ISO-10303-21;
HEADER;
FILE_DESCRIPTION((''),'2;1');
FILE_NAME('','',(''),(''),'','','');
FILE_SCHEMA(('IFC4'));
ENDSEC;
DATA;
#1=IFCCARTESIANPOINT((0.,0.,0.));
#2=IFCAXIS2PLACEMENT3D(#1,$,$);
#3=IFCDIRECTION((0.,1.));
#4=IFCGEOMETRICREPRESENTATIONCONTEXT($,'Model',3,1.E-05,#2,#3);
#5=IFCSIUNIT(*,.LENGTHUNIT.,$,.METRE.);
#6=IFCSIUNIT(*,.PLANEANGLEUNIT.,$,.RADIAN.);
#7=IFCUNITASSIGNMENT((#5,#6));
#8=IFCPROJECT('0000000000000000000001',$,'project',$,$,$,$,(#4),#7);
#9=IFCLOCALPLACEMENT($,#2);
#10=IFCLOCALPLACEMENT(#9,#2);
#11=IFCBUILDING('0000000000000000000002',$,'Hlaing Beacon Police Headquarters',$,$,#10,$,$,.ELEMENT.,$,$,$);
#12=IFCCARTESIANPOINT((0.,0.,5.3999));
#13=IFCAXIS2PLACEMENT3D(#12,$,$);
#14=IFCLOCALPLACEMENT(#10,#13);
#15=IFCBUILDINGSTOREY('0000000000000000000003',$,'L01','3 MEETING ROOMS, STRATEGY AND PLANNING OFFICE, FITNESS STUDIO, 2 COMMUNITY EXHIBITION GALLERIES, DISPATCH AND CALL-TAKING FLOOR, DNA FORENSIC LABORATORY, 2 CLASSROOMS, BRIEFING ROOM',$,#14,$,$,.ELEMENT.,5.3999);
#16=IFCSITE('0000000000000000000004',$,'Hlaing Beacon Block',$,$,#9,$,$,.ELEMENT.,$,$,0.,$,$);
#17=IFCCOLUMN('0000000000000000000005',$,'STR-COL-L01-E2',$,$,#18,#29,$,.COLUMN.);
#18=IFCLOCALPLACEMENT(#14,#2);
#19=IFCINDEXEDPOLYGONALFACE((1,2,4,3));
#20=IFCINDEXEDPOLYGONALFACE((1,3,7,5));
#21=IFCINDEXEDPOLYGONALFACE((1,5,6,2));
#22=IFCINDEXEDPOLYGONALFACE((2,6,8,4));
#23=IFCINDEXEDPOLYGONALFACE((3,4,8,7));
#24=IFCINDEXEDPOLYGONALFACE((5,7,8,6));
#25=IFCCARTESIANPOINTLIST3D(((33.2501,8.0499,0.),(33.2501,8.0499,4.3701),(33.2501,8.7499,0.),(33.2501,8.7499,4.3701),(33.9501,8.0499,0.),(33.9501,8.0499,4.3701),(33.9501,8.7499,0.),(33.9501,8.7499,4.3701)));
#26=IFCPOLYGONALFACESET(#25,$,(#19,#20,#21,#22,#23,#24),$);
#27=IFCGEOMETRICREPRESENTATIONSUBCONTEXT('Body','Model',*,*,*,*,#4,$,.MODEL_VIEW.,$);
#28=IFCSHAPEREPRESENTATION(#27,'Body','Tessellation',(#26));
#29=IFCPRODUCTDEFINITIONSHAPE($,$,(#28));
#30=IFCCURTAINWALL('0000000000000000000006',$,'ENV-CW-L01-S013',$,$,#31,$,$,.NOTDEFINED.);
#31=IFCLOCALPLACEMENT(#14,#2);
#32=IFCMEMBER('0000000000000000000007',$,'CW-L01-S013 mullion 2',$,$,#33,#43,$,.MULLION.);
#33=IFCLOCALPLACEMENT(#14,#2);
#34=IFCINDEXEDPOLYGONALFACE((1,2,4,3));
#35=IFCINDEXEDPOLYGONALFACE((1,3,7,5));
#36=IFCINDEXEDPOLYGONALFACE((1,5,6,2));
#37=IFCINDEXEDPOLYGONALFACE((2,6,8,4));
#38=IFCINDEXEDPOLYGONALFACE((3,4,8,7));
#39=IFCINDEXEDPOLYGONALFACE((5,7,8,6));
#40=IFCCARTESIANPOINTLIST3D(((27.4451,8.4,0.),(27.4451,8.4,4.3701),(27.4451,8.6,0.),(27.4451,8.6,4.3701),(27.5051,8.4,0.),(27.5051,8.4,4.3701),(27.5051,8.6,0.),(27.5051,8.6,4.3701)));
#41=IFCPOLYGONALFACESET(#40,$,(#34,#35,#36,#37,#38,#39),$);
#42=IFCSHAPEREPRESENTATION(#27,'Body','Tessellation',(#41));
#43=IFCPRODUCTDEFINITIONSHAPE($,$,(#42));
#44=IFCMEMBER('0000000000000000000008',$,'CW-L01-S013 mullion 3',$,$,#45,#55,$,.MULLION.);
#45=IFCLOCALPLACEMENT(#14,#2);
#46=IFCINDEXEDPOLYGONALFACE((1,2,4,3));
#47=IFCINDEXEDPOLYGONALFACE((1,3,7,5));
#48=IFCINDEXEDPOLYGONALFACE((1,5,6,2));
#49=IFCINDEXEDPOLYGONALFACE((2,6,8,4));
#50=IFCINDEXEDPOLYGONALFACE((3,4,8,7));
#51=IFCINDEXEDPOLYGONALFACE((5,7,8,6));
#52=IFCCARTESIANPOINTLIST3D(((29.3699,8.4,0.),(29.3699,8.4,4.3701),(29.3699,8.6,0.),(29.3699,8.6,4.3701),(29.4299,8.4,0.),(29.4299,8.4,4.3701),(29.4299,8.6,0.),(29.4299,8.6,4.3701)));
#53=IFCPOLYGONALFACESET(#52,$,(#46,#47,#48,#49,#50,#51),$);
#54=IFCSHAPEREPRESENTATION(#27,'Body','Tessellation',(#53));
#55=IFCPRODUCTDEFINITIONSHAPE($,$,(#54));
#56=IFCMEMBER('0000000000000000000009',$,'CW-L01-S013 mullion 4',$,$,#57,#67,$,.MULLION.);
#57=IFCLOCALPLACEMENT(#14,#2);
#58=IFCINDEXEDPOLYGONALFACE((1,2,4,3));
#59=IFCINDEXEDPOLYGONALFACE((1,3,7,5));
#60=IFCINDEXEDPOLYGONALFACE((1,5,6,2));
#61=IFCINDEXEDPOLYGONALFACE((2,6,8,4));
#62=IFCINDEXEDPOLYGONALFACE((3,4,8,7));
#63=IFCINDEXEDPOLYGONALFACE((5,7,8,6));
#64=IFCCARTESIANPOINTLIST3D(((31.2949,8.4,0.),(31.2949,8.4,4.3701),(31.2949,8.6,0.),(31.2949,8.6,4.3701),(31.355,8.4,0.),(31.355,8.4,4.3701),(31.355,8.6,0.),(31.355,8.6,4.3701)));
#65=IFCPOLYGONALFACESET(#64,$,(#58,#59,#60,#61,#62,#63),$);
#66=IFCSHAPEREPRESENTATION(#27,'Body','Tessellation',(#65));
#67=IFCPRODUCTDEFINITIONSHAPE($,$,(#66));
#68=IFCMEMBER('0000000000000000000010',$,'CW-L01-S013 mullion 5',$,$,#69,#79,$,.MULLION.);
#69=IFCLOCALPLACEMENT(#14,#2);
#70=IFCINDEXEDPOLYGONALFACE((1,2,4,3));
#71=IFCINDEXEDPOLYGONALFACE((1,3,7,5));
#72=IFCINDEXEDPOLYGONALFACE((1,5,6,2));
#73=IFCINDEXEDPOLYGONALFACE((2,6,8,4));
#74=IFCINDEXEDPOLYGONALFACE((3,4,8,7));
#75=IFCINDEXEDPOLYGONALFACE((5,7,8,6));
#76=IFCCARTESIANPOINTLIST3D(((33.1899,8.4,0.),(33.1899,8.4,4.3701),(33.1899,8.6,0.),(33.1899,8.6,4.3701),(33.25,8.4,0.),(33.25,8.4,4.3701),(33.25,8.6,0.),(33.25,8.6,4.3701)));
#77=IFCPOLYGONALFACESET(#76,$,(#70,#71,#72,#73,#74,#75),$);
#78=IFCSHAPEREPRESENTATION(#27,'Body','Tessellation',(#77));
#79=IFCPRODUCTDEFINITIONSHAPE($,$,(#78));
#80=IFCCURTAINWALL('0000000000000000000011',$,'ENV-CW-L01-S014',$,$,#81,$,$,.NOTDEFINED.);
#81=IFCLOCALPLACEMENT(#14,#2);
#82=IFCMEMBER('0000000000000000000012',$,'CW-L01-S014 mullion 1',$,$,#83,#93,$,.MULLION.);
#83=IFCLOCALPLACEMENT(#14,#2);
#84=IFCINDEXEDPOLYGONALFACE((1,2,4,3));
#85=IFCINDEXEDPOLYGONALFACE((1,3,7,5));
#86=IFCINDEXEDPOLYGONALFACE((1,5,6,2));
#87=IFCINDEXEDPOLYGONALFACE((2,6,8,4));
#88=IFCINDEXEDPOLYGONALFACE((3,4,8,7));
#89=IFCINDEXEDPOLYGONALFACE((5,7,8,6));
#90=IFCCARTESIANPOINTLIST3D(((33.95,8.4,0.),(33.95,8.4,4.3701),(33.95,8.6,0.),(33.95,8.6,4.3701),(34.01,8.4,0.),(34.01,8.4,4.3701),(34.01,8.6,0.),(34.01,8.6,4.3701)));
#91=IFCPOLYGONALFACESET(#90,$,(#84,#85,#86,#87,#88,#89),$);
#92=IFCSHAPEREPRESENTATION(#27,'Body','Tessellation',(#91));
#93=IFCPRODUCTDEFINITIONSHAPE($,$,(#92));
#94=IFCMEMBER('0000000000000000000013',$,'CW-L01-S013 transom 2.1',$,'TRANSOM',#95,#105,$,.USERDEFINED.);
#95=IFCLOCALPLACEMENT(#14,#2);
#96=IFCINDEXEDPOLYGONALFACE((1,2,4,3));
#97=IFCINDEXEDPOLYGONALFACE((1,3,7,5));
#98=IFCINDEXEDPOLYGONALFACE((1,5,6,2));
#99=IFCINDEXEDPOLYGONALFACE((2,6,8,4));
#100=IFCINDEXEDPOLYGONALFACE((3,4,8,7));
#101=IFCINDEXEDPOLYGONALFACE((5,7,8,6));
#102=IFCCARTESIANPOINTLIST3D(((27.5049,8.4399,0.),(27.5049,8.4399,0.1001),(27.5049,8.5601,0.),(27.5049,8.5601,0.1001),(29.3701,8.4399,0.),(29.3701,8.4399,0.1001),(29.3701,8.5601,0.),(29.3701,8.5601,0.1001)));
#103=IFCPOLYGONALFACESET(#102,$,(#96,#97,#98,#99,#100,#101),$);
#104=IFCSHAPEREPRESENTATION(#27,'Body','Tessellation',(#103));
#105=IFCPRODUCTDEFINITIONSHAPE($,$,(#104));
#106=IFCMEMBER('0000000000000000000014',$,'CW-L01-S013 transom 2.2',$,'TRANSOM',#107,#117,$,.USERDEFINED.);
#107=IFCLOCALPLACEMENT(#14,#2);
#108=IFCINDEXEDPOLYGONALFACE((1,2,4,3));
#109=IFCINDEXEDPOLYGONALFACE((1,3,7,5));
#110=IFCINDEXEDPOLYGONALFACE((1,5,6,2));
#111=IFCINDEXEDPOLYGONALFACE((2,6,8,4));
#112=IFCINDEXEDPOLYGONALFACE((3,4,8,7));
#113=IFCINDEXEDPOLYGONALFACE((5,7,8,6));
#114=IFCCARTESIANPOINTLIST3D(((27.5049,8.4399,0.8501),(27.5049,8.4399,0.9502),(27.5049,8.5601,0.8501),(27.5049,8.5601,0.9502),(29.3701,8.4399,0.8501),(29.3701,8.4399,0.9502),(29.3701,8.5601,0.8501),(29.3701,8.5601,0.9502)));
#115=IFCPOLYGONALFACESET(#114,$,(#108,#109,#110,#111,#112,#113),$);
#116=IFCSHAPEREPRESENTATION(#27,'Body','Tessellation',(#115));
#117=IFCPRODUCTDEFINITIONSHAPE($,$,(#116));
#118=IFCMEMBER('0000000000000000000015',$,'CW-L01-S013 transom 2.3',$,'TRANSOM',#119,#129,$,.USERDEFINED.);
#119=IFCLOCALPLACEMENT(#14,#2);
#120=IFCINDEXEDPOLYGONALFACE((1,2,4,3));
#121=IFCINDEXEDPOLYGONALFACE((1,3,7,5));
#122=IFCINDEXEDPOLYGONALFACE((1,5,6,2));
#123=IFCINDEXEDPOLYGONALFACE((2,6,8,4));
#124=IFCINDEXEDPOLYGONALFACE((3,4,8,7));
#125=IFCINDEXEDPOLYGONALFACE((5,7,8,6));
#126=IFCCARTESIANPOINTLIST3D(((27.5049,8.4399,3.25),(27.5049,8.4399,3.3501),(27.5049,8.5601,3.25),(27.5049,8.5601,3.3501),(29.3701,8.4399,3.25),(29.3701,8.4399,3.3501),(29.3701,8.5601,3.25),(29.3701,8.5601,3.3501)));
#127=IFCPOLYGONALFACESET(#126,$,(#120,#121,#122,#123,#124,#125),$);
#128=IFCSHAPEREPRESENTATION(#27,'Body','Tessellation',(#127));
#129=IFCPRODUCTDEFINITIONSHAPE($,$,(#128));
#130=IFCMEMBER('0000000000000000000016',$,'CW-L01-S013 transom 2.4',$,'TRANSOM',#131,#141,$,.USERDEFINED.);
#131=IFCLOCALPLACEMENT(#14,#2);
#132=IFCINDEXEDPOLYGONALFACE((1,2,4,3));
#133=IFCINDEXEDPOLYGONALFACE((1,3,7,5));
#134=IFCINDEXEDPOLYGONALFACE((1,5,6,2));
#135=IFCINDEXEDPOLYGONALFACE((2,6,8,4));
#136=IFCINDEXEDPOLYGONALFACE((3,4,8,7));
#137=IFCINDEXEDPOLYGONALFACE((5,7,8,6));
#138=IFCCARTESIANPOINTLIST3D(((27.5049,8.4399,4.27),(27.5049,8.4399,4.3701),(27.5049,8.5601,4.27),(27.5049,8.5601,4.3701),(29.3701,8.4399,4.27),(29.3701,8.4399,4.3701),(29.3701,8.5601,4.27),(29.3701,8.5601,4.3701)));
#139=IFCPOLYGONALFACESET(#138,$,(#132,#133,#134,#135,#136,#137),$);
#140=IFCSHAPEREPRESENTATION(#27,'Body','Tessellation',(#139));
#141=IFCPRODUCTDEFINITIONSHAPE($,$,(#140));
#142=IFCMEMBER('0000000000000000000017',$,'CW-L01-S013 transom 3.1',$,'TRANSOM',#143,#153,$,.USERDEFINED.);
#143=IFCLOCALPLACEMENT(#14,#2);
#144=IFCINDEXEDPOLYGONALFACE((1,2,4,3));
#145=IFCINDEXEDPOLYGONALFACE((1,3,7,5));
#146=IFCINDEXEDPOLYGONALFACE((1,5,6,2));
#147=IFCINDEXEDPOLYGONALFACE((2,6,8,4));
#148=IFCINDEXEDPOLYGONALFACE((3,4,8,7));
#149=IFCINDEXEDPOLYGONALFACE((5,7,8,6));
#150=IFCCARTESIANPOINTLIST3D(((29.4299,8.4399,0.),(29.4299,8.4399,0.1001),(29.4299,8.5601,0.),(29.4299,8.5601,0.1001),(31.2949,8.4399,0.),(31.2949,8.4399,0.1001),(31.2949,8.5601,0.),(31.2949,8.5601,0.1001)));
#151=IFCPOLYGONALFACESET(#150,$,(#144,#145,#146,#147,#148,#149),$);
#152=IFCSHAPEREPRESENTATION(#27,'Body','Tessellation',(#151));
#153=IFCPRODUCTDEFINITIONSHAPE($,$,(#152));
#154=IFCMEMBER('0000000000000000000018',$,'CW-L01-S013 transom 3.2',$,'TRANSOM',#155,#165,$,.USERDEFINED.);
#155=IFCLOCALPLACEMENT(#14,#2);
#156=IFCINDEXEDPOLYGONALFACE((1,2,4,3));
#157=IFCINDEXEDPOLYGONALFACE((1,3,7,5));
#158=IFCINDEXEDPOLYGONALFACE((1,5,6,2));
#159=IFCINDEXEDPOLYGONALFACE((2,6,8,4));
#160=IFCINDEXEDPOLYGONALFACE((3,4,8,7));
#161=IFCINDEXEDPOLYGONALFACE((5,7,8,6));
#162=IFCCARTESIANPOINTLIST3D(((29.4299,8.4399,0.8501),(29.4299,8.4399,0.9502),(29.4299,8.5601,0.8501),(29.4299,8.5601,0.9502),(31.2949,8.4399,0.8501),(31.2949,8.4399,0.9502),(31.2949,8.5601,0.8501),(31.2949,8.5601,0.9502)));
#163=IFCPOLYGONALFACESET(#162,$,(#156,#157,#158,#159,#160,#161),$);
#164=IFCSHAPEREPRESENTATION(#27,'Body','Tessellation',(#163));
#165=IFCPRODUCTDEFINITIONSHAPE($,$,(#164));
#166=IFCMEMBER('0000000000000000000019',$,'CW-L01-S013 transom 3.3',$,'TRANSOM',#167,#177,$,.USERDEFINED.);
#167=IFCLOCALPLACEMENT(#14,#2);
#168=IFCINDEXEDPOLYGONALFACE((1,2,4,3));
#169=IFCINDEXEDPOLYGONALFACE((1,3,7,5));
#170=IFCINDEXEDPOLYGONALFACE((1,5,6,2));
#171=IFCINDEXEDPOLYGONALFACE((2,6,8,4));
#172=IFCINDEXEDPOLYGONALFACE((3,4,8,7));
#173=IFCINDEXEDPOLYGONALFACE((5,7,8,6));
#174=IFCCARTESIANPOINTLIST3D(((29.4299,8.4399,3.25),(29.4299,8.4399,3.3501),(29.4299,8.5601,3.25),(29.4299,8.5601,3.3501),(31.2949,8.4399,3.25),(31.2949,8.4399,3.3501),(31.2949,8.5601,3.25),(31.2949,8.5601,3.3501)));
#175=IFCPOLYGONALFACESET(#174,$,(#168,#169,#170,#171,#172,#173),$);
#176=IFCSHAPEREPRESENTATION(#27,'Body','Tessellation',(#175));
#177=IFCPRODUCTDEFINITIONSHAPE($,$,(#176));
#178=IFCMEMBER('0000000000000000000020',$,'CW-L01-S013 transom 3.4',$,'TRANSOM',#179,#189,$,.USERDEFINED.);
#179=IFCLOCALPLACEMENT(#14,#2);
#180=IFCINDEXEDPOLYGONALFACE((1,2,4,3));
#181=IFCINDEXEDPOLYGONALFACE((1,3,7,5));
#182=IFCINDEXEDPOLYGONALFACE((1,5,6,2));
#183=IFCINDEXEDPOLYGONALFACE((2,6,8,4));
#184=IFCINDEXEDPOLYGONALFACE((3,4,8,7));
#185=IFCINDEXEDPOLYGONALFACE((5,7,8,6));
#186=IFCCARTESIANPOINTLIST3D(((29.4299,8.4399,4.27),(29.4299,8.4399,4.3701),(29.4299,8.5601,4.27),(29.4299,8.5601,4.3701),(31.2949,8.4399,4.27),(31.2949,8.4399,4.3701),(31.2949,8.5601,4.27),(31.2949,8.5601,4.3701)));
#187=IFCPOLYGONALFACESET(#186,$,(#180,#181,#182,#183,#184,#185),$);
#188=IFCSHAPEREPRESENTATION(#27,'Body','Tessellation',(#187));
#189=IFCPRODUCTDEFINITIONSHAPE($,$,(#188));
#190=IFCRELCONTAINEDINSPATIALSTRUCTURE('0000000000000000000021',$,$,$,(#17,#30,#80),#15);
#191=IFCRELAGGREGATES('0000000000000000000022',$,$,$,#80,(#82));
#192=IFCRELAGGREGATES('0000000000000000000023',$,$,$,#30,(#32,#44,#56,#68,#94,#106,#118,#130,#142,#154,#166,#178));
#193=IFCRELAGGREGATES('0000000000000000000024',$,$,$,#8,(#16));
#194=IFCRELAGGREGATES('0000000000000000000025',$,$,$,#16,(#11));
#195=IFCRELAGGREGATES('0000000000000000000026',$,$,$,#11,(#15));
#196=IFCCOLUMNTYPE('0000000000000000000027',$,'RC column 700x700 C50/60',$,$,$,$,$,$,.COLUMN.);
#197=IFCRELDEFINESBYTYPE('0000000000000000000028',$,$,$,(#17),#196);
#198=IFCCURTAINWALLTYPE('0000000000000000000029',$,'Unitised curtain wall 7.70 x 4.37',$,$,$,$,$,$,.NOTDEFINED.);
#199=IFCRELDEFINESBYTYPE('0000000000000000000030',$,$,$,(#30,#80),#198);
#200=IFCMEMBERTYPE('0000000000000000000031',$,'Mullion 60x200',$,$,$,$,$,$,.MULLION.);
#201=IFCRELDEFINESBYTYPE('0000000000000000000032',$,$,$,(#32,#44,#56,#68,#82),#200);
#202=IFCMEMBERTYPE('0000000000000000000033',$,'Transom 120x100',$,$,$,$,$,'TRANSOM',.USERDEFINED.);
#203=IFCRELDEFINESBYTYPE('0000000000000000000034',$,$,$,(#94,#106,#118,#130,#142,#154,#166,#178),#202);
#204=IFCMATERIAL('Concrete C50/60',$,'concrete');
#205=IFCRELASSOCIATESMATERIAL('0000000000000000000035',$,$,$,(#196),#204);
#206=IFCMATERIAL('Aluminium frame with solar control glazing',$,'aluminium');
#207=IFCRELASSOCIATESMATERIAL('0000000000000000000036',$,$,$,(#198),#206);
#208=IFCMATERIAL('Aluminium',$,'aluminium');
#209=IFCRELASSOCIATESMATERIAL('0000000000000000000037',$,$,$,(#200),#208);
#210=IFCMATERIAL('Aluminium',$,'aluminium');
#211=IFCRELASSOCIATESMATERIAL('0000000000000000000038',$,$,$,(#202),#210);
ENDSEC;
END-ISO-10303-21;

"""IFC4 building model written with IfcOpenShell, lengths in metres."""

from ifc_helpers import new_model, si_unit, direction, frame, origin, origin_2d, place, context, subcontext, project, spatial, rectangle, extrude, material, material_profile, profile_set, type_object, element, aggregate, save


model = new_model("IFC4")

# Units and contexts
model_context = context("Model", 3, precision=1e-05, world=origin(), true_north=direction((0.0, 1.0)))
body_context = subcontext(model_context, "Body", "Model", "MODEL_VIEW")
ifc_project = project(units=[si_unit("LENGTHUNIT", "METRE"), si_unit("PLANEANGLEUNIT", "RADIAN")], contexts=[model_context])

# Site, building, storey
site_placement = place(None, origin())
site = spatial("IfcSite", under=ifc_project, at=site_placement, Name="Hlaing Beacon Block", CompositionType="ELEMENT", RefElevation=0.0)
building_placement = place(site_placement, origin())
building = spatial("IfcBuilding", under=site, at=building_placement, Name="Hlaing Beacon Police Headquarters", CompositionType="ELEMENT")
storey_placement = place(building_placement, frame((0.0, 0.0, 5.3999)))
storey = spatial("IfcBuildingStorey", under=building, at=storey_placement, Name="L01", Description="3 MEETING ROOMS, STRATEGY AND PLANNING OFFICE, FITNESS STUDIO, 2 COMMUNITY EXHIBITION GALLERIES, DISPATCH AND CALL-TAKING FLOOR, DNA FORENSIC LABORATORY, 2 CLASSROOMS, BRIEFING ROOM", CompositionType="ELEMENT", Elevation=5.3999)

# Column
ifc_material_1 = material(Name="Concrete C50/60", Category="concrete")
ifc_material_profile_1 = material_profile(ifc_material_1, rectangle(XDim=0.7, YDim=0.7, at=origin_2d()), Name="700x700")
ifc_profile_set_1 = profile_set([ifc_material_profile_1], Name="Concrete C50/60")
column_type = type_object("IfcColumnType", Name="RC column 700x700 C50/60", PredefinedType="COLUMN", material=ifc_profile_set_1)
column_placement = place(storey_placement, frame((33.6001, 8.3999, 0.0), z_axis=(0.0, 0.0, 1.0), x_axis=(1.0, 0.0, 0.0)))
element("IfcColumn", 1, at=column_placement, inside=storey, type_object=column_type, Name="STR-COL-L01-E2", PredefinedType="COLUMN", context=body_context, shape_type="SweptSolid", body=[
    extrude(rectangle(XDim=0.7, YDim=0.7, at=origin_2d()), origin(), (0.0, 0.0, 1.0), 4.3701),
])

# Curtain wall, members
ifc_material_2 = material(Name="Aluminium frame with solar control glazing", Category="aluminium")
curtain_wall_type = type_object("IfcCurtainWallType", Name="Unitised curtain wall 7.70 x 4.37", PredefinedType="NOTDEFINED", material=ifc_material_2)
curtain_wall_1_placement = place(storey_placement, origin())
curtain_wall_1 = element("IfcCurtainWall", 2, at=curtain_wall_1_placement, inside=storey, type_object=curtain_wall_type, Name="ENV-CW-L01-S013", PredefinedType="NOTDEFINED")
ifc_material_3 = material(Name="Aluminium", Category="aluminium")
ifc_material_profile_2 = material_profile(ifc_material_3, rectangle(XDim=0.2, YDim=0.0601, at=origin_2d()), Name="Mullion 60x200")
ifc_profile_set_2 = profile_set([ifc_material_profile_2], Name="Aluminium")
member_type_1 = type_object("IfcMemberType", Name="Mullion 60x200", PredefinedType="MULLION", material=ifc_profile_set_2)
member_1_placement = place(storey_placement, frame((27.4751, 8.5, 0.0), z_axis=(0.0, 0.0, 1.0), x_axis=(0.0, 1.0, 0.0)))
member_1 = element("IfcMember", 3, at=member_1_placement, type_object=member_type_1, Name="CW-L01-S013 mullion 2", PredefinedType="MULLION", context=body_context, shape_type="SweptSolid", body=[
    extrude(rectangle(XDim=0.2, YDim=0.0601, at=origin_2d()), origin(), (0.0, 0.0, 1.0), 4.3701),
])
member_2_placement = place(storey_placement, frame((29.3999, 8.5, 0.0), z_axis=(0.0, 0.0, 1.0), x_axis=(0.0, 1.0, 0.0)))
member_2 = element("IfcMember", 4, at=member_2_placement, type_object=member_type_1, Name="CW-L01-S013 mullion 3", PredefinedType="MULLION", context=body_context, shape_type="SweptSolid", body=[
    extrude(rectangle(XDim=0.2, YDim=0.0601, at=origin_2d()), origin(), (0.0, 0.0, 1.0), 4.3701),
])
member_3_placement = place(storey_placement, frame((31.325, 8.5, 0.0), z_axis=(0.0, 0.0, 1.0), x_axis=(0.0, 1.0, 0.0)))
member_3 = element("IfcMember", 5, at=member_3_placement, type_object=member_type_1, Name="CW-L01-S013 mullion 4", PredefinedType="MULLION", context=body_context, shape_type="SweptSolid", body=[
    extrude(rectangle(XDim=0.2, YDim=0.0601, at=origin_2d()), origin(), (0.0, 0.0, 1.0), 4.3701),
])
member_4_placement = place(storey_placement, frame((33.22, 8.5, 0.0), z_axis=(0.0, 0.0, 1.0), x_axis=(0.0, 1.0, 0.0)))
member_4 = element("IfcMember", 6, at=member_4_placement, type_object=member_type_1, Name="CW-L01-S013 mullion 5", PredefinedType="MULLION", context=body_context, shape_type="SweptSolid", body=[
    extrude(rectangle(XDim=0.2, YDim=0.0601, at=origin_2d()), origin(), (0.0, 0.0, 1.0), 4.3701),
])

# Curtain wall, member
curtain_wall_2_placement = place(storey_placement, origin())
curtain_wall_2 = element("IfcCurtainWall", 7, at=curtain_wall_2_placement, inside=storey, type_object=curtain_wall_type, Name="ENV-CW-L01-S014", PredefinedType="NOTDEFINED")
member_5_placement = place(storey_placement, frame((33.98, 8.5, 0.0), z_axis=(0.0, 0.0, 1.0), x_axis=(0.0, 1.0, 0.0)))
member_5 = element("IfcMember", 8, at=member_5_placement, type_object=member_type_1, Name="CW-L01-S014 mullion 1", PredefinedType="MULLION", context=body_context, shape_type="SweptSolid", body=[
    extrude(rectangle(XDim=0.2, YDim=0.0601, at=origin_2d()), origin(), (0.0, 0.0, 1.0), 4.3701),
])

# Members
ifc_material_4 = material(Name="Aluminium", Category="aluminium")
ifc_material_profile_3 = material_profile(ifc_material_4, rectangle(XDim=0.1201, YDim=0.1001, at=origin_2d()), Name="Transom 120x100")
ifc_profile_set_3 = profile_set([ifc_material_profile_3], Name="Aluminium")
member_type_2 = type_object("IfcMemberType", Name="Transom 120x100", ElementType="TRANSOM", PredefinedType="USERDEFINED", material=ifc_profile_set_3)
member_6_placement = place(storey_placement, frame((27.5049, 8.5, 0.05), z_axis=(1.0, 0.0, 0.0), x_axis=(0.0, 1.0, 0.0)))
member_6 = element("IfcMember", 9, at=member_6_placement, type_object=member_type_2, Name="CW-L01-S013 transom 2.1", ObjectType="TRANSOM", PredefinedType="USERDEFINED", context=body_context, shape_type="SweptSolid", body=[
    extrude(rectangle(XDim=0.1201, YDim=0.1001, at=origin_2d()), origin(), (0.0, 0.0, 1.0), 1.8652),
])
member_7_placement = place(storey_placement, frame((27.5049, 8.5, 0.9001), z_axis=(1.0, 0.0, 0.0), x_axis=(0.0, 1.0, 0.0)))
member_7 = element("IfcMember", 10, at=member_7_placement, type_object=member_type_2, Name="CW-L01-S013 transom 2.2", ObjectType="TRANSOM", PredefinedType="USERDEFINED", context=body_context, shape_type="SweptSolid", body=[
    extrude(rectangle(XDim=0.1201, YDim=0.1001, at=origin_2d()), origin(), (0.0, 0.0, 1.0), 1.8652),
])
member_8_placement = place(storey_placement, frame((27.5049, 8.5, 3.3), z_axis=(1.0, 0.0, 0.0), x_axis=(0.0, 1.0, 0.0)))
member_8 = element("IfcMember", 11, at=member_8_placement, type_object=member_type_2, Name="CW-L01-S013 transom 2.3", ObjectType="TRANSOM", PredefinedType="USERDEFINED", context=body_context, shape_type="SweptSolid", body=[
    extrude(rectangle(XDim=0.1201, YDim=0.1001, at=origin_2d()), origin(), (0.0, 0.0, 1.0), 1.8652),
])
member_9_placement = place(storey_placement, frame((27.5049, 8.5, 4.3201), z_axis=(1.0, 0.0, 0.0), x_axis=(0.0, 1.0, 0.0)))
member_9 = element("IfcMember", 12, at=member_9_placement, type_object=member_type_2, Name="CW-L01-S013 transom 2.4", ObjectType="TRANSOM", PredefinedType="USERDEFINED", context=body_context, shape_type="SweptSolid", body=[
    extrude(rectangle(XDim=0.1201, YDim=0.1001, at=origin_2d()), origin(), (0.0, 0.0, 1.0), 1.8652),
])
member_10_placement = place(storey_placement, frame((29.4299, 8.5, 0.05), z_axis=(1.0, 0.0, 0.0), x_axis=(0.0, 1.0, 0.0)))
member_10 = element("IfcMember", 13, at=member_10_placement, type_object=member_type_2, Name="CW-L01-S013 transom 3.1", ObjectType="TRANSOM", PredefinedType="USERDEFINED", context=body_context, shape_type="SweptSolid", body=[
    extrude(rectangle(XDim=0.1201, YDim=0.1001, at=origin_2d()), origin(), (0.0, 0.0, 1.0), 1.865),
])
member_11_placement = place(storey_placement, frame((29.4299, 8.5, 0.9001), z_axis=(1.0, 0.0, 0.0), x_axis=(0.0, 1.0, 0.0)))
member_11 = element("IfcMember", 14, at=member_11_placement, type_object=member_type_2, Name="CW-L01-S013 transom 3.2", ObjectType="TRANSOM", PredefinedType="USERDEFINED", context=body_context, shape_type="SweptSolid", body=[
    extrude(rectangle(XDim=0.1201, YDim=0.1001, at=origin_2d()), origin(), (0.0, 0.0, 1.0), 1.865),
])
member_12_placement = place(storey_placement, frame((29.4299, 8.5, 3.3), z_axis=(1.0, 0.0, 0.0), x_axis=(0.0, 1.0, 0.0)))
member_12 = element("IfcMember", 15, at=member_12_placement, type_object=member_type_2, Name="CW-L01-S013 transom 3.3", ObjectType="TRANSOM", PredefinedType="USERDEFINED", context=body_context, shape_type="SweptSolid", body=[
    extrude(rectangle(XDim=0.1201, YDim=0.1001, at=origin_2d()), origin(), (0.0, 0.0, 1.0), 1.865),
])
member_13_placement = place(storey_placement, frame((29.4299, 8.5, 4.3201), z_axis=(1.0, 0.0, 0.0), x_axis=(0.0, 1.0, 0.0)))
member_13 = element("IfcMember", 16, at=member_13_placement, type_object=member_type_2, Name="CW-L01-S013 transom 3.4", ObjectType="TRANSOM", PredefinedType="USERDEFINED", context=body_context, shape_type="SweptSolid", body=[
    extrude(rectangle(XDim=0.1201, YDim=0.1001, at=origin_2d()), origin(), (0.0, 0.0, 1.0), 1.865),
])
aggregate(curtain_wall_2, [member_5])

aggregate(curtain_wall_1, [member_1, member_2, member_3, member_4, member_6, member_7, member_8, member_9, member_10, member_11, member_12, member_13])

save(model, "model.ifc")
